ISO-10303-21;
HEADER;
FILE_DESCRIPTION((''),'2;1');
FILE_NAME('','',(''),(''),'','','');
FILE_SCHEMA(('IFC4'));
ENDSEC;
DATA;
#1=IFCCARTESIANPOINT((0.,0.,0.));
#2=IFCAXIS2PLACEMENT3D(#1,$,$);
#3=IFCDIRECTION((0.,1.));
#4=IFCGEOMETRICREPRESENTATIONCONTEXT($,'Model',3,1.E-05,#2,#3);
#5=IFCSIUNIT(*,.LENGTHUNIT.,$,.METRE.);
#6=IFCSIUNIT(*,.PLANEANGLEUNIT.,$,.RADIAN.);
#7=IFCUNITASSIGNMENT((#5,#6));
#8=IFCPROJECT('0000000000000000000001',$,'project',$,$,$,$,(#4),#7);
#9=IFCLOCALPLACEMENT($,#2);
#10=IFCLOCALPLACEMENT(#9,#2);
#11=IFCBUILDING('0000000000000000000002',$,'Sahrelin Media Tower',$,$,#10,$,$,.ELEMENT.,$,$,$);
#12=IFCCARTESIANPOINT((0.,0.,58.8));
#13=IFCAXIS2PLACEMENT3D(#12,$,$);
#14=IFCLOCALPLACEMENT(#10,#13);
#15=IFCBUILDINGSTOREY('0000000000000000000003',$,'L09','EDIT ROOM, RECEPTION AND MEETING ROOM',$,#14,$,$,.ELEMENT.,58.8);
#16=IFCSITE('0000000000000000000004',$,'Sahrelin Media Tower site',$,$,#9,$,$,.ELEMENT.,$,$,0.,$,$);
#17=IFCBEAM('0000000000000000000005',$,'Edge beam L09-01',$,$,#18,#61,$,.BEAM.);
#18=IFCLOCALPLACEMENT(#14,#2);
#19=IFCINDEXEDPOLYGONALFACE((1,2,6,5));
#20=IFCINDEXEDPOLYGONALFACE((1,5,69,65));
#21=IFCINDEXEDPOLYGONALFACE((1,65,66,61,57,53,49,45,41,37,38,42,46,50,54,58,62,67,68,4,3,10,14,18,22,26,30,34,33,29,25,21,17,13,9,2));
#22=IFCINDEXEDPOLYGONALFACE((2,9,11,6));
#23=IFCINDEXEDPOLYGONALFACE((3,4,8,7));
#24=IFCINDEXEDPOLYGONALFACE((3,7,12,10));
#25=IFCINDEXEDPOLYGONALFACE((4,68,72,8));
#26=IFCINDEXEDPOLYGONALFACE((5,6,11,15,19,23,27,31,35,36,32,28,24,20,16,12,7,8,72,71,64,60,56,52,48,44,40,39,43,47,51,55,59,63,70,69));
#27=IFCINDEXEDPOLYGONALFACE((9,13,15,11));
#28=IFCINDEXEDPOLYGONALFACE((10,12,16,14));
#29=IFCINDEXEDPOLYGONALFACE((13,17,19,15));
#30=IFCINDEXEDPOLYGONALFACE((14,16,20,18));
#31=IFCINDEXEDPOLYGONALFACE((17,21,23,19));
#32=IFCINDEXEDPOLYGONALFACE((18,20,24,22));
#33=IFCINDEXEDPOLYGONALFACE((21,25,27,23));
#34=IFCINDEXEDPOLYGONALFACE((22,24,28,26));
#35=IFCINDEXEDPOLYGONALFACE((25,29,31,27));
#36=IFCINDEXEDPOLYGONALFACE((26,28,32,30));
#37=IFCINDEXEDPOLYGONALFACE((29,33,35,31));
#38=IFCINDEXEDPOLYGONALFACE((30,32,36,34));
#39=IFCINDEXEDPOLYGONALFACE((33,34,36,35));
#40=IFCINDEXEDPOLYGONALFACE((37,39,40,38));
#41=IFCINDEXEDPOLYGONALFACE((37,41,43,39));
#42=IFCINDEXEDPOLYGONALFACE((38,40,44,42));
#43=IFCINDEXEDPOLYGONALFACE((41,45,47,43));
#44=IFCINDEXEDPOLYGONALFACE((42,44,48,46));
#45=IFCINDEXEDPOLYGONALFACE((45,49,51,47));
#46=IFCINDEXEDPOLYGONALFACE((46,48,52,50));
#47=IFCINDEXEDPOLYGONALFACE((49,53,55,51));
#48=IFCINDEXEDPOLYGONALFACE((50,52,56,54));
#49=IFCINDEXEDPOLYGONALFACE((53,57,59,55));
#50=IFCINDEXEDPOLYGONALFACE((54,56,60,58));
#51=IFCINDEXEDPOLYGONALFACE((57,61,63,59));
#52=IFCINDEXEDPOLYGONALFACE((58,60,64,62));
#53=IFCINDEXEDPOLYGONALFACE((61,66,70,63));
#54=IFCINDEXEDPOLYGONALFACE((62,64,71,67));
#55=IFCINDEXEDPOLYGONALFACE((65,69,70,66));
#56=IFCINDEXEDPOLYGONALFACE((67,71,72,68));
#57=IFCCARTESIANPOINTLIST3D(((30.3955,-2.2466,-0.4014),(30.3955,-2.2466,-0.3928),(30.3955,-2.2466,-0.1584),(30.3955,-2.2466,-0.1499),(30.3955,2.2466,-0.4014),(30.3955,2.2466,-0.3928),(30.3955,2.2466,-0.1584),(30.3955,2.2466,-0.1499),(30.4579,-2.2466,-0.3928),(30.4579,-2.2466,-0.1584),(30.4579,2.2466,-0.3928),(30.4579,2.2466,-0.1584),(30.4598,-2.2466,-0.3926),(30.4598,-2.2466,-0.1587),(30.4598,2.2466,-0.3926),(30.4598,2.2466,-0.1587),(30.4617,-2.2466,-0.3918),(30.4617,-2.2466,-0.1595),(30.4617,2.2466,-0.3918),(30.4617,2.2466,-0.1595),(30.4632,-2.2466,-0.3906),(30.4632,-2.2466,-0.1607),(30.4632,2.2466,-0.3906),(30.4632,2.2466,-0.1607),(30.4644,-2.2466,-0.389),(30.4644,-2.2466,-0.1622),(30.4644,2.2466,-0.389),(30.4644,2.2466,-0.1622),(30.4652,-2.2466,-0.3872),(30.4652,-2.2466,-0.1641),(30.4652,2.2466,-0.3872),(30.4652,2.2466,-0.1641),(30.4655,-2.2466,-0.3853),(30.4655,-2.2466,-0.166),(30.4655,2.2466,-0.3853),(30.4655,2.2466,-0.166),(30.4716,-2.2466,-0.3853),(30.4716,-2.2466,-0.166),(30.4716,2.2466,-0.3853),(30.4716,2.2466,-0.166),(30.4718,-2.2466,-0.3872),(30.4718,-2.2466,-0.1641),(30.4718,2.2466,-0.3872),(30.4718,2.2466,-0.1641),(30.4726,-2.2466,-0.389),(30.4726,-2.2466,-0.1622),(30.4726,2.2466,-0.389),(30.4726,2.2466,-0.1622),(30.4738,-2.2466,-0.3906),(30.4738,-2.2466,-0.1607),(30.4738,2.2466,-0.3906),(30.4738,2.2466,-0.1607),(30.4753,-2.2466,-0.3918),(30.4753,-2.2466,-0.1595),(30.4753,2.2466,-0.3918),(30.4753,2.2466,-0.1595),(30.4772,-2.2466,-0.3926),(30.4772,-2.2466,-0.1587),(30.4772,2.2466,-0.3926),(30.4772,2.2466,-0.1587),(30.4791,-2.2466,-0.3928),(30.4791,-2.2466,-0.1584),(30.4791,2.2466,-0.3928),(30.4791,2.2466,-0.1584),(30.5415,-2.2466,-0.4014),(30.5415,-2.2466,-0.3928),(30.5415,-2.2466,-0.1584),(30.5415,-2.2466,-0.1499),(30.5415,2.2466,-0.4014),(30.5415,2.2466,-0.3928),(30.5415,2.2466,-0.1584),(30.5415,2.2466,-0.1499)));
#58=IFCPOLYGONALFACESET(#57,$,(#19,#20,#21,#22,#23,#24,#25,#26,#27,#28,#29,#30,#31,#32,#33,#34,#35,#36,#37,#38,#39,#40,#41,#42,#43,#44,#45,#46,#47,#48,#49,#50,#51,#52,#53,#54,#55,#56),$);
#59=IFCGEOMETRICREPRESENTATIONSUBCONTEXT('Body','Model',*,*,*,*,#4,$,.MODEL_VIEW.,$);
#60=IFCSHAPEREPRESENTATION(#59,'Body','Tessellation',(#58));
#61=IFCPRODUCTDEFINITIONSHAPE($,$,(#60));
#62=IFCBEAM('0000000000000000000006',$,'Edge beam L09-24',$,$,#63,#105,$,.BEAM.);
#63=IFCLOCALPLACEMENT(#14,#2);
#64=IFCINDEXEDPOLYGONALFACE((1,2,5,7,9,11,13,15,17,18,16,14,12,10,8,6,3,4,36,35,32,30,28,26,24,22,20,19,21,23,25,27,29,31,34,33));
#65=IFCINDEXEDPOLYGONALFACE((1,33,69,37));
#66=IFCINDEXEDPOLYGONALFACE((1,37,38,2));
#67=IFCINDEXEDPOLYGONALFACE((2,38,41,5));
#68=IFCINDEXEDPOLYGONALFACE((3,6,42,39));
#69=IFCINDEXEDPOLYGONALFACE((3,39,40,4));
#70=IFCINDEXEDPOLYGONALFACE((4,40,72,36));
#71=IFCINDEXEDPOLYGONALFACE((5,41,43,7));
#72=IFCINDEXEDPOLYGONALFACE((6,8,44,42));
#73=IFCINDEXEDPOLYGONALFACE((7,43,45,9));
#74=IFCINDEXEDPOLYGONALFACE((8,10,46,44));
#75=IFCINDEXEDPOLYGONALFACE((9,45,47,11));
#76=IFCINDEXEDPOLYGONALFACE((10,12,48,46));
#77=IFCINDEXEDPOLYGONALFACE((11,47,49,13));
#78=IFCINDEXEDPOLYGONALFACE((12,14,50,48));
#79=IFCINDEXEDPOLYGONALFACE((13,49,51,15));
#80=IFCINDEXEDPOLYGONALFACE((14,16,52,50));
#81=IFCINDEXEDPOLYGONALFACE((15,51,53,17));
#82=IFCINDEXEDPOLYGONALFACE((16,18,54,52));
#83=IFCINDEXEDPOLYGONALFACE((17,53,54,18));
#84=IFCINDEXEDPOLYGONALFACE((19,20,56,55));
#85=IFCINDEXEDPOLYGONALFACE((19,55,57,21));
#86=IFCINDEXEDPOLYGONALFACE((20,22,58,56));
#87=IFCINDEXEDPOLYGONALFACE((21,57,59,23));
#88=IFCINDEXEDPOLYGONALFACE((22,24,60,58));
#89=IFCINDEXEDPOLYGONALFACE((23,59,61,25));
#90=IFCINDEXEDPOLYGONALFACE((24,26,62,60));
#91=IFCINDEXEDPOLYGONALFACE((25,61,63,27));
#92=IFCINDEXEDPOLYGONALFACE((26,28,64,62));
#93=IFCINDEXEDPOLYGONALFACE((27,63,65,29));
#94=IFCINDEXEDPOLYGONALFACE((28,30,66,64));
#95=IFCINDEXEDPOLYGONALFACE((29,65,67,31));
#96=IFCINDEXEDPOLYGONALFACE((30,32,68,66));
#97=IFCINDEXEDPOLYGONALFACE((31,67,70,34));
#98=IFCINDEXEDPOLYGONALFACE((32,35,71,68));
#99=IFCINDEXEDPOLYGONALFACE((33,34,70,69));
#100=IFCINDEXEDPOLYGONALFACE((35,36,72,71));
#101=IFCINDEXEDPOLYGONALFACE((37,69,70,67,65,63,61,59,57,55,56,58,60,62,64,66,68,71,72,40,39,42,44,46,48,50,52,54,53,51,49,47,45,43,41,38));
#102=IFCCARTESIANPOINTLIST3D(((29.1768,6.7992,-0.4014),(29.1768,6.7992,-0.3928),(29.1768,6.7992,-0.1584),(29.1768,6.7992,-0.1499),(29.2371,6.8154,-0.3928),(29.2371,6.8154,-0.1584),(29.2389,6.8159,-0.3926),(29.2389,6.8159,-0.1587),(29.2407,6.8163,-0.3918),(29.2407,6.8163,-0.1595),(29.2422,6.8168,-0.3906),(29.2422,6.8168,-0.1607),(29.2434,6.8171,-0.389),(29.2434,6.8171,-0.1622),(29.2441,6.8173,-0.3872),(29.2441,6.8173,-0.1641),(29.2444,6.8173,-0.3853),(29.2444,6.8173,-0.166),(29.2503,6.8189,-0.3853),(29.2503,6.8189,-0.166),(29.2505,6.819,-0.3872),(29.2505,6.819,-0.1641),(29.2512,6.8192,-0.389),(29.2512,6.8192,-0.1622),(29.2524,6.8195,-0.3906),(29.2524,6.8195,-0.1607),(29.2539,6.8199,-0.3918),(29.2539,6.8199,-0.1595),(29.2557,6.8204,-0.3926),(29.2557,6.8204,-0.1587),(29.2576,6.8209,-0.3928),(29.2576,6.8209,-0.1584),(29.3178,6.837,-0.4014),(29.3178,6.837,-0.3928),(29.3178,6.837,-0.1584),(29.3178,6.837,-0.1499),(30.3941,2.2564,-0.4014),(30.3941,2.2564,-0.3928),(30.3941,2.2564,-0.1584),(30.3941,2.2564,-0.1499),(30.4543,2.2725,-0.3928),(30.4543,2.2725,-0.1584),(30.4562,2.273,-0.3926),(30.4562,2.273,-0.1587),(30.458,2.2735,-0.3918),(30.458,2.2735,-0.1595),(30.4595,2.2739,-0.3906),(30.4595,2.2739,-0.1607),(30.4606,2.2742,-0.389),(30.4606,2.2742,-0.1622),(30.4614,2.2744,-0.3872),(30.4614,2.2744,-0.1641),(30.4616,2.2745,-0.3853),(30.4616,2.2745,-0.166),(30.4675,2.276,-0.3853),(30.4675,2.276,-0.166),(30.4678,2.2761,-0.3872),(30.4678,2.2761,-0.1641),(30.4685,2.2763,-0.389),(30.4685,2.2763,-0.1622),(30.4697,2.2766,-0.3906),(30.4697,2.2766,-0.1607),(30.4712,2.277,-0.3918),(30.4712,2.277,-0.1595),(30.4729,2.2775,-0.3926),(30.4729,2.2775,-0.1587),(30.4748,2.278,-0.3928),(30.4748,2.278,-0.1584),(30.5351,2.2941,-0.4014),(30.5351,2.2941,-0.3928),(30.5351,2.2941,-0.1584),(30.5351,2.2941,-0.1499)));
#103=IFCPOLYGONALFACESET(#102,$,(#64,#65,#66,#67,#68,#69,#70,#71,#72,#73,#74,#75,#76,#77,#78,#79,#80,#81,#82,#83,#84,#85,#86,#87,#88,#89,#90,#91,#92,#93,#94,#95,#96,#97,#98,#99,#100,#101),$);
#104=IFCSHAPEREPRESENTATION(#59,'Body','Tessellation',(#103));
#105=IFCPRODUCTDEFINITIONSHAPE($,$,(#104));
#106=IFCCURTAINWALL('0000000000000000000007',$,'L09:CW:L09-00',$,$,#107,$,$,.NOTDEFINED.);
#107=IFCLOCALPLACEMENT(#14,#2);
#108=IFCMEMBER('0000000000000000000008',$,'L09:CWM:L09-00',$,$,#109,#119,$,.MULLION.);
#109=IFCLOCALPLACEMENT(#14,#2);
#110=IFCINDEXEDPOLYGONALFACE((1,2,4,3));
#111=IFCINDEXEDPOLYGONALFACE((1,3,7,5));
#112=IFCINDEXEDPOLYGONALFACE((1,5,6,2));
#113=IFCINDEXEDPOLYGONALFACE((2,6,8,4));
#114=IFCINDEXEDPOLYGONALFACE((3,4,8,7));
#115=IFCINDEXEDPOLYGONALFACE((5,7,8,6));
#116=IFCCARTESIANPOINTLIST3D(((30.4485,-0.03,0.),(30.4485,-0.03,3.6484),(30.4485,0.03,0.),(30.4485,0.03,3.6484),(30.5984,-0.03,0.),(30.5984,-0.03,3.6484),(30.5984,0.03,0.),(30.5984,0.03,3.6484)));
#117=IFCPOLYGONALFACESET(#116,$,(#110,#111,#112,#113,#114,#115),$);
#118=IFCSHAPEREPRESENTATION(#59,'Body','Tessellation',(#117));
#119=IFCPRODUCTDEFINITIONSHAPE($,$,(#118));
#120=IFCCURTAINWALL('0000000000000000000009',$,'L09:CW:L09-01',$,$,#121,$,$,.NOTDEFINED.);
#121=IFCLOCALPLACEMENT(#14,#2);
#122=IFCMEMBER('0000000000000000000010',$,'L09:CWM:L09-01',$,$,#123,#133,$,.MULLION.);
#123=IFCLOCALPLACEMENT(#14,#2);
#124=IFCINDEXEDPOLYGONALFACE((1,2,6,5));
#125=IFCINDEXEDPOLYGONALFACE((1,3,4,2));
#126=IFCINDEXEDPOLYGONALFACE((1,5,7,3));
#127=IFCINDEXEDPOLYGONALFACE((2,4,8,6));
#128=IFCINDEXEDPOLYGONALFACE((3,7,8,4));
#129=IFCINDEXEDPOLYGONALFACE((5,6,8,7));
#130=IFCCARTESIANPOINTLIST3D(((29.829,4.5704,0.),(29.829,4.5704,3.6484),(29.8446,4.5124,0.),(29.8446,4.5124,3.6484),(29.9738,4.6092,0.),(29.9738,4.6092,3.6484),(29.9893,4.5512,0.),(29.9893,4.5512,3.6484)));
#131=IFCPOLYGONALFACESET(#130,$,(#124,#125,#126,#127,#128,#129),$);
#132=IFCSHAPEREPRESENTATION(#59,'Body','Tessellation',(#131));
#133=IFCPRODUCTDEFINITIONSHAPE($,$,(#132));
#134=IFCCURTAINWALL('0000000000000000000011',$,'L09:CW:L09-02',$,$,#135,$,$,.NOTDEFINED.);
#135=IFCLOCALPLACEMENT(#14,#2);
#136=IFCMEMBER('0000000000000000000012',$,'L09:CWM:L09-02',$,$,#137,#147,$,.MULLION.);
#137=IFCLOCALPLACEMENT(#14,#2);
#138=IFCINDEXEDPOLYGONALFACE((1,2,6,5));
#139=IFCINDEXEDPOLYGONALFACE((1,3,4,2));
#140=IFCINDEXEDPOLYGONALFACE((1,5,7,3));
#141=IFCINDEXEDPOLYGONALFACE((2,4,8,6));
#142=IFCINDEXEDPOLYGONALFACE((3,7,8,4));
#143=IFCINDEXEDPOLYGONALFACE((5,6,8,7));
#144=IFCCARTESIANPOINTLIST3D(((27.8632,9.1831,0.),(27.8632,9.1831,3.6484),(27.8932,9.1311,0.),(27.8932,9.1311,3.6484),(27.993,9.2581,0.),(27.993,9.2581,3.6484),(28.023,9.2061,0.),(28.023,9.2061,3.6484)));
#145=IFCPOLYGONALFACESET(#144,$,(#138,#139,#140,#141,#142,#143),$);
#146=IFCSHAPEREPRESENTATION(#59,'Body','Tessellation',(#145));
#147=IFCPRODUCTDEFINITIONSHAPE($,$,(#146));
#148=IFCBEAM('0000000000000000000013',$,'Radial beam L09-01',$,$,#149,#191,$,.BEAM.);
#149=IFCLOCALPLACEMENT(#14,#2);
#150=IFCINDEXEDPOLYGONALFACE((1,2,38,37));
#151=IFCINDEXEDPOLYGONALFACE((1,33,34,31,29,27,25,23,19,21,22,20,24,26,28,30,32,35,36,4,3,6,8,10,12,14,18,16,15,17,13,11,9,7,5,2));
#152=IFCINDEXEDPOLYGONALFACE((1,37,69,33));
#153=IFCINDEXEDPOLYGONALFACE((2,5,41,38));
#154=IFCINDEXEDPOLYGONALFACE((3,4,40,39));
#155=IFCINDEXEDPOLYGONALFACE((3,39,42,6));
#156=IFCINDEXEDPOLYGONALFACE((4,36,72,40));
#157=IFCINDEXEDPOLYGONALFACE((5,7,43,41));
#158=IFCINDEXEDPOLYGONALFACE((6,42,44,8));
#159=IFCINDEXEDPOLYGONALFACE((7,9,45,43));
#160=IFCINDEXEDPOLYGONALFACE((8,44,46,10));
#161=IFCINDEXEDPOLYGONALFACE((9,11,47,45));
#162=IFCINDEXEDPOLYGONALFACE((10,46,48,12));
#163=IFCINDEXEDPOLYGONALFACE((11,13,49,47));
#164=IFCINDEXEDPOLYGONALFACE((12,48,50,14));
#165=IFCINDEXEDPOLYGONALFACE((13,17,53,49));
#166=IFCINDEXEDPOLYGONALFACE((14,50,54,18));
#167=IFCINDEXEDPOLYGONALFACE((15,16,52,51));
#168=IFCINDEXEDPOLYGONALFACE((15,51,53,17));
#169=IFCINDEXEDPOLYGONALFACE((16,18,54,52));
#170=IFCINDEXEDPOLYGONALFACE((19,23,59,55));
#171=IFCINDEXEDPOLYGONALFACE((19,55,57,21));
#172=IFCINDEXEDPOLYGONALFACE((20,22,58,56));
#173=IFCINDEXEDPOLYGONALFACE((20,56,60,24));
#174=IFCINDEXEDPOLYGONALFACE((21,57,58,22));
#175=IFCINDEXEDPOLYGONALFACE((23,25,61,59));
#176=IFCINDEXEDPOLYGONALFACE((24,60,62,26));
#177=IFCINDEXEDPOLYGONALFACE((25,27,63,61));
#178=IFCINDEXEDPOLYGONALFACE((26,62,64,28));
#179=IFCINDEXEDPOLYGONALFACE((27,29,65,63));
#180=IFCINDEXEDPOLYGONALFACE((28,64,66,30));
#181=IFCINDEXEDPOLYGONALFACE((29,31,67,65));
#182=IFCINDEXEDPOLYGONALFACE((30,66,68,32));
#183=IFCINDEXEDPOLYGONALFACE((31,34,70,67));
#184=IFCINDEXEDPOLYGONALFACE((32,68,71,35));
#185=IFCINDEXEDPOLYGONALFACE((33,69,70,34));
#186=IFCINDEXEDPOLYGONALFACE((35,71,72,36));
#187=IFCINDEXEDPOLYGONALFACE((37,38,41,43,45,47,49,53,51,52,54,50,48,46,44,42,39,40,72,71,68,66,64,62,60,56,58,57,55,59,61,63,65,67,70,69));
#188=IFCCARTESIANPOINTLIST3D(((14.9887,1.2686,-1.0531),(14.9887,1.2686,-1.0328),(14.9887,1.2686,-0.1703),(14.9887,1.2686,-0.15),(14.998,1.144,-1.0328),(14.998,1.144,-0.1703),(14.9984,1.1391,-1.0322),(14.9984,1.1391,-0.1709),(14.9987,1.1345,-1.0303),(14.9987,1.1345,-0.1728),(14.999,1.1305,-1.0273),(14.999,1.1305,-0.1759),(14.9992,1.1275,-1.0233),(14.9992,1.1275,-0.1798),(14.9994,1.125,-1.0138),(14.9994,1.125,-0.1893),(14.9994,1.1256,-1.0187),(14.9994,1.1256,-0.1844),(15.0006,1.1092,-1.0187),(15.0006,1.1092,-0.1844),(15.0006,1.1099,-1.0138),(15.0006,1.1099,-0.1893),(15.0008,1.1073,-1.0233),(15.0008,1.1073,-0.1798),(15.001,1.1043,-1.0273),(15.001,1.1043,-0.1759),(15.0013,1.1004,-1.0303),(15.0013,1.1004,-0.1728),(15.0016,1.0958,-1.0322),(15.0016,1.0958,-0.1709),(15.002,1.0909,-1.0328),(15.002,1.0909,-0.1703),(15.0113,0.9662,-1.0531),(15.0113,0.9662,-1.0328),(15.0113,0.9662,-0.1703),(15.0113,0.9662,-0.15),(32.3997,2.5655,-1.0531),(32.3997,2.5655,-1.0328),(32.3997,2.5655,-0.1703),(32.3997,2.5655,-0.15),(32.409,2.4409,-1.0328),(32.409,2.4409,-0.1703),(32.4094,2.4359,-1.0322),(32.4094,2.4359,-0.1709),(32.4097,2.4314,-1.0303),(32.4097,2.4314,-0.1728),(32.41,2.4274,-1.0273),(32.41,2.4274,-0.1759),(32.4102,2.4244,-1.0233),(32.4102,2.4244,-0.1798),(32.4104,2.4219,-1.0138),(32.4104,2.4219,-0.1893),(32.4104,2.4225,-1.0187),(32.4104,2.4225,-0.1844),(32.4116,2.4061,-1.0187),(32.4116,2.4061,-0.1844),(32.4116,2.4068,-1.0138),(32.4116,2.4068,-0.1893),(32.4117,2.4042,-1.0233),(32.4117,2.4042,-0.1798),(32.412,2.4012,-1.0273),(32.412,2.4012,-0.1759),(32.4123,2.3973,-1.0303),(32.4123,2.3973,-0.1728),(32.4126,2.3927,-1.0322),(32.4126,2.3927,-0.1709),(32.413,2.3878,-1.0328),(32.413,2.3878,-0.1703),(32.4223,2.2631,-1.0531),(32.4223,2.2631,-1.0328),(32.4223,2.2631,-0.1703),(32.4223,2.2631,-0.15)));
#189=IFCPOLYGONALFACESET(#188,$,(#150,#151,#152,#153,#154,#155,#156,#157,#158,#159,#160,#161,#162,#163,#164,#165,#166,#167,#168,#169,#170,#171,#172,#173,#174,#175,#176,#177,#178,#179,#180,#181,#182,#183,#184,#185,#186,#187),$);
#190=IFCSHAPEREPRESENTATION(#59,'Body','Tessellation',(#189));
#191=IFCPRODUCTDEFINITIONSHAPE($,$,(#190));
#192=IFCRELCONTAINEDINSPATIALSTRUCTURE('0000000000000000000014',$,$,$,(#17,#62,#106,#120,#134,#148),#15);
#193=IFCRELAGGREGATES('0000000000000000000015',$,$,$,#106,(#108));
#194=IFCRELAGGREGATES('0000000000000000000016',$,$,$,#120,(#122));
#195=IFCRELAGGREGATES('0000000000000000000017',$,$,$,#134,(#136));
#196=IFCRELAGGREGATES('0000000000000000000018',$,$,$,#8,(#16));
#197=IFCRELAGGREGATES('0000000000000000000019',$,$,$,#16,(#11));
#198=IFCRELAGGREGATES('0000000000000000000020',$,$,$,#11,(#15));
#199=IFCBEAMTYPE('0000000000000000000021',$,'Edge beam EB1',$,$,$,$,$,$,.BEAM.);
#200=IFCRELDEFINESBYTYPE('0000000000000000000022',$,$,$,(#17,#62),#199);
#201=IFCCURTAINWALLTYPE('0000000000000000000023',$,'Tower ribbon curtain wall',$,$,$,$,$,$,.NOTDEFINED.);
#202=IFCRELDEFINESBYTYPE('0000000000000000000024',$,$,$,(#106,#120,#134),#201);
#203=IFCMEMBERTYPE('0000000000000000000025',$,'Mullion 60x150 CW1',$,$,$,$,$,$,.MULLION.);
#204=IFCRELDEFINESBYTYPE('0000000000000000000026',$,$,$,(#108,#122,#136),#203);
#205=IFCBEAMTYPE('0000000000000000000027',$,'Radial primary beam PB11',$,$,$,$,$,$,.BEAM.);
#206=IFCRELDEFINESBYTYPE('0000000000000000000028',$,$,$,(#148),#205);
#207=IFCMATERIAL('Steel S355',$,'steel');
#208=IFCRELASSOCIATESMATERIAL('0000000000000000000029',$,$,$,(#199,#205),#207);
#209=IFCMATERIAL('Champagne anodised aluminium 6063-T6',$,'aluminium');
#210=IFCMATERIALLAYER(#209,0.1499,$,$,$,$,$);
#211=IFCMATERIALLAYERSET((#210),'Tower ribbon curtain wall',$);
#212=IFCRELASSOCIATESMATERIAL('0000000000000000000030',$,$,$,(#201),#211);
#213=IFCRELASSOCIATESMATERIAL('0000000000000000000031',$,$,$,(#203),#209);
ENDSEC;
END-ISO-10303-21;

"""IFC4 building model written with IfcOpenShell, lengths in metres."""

from ifc_helpers import new_model, si_unit, direction, frame, origin, origin_2d, place, context, subcontext, project, spatial, rectangle, i_section, extrude, material, layer, layer_set, material_profile, profile_set, type_object, element, aggregate, save


model = new_model("IFC4")

# Units and contexts
model_context = context("Model", 3, precision=1e-05, world=origin(), true_north=direction((0.0, 1.0)))
body_context = subcontext(model_context, "Body", "Model", "MODEL_VIEW")
ifc_project = project(units=[si_unit("LENGTHUNIT", "METRE"), si_unit("PLANEANGLEUNIT", "RADIAN")], contexts=[model_context])

# Site, building, storey
site_placement = place(None, origin())
site = spatial("IfcSite", under=ifc_project, at=site_placement, Name="Sahrelin Media Tower site", CompositionType="ELEMENT", RefElevation=0.0)
building_placement = place(site_placement, origin())
building = spatial("IfcBuilding", under=site, at=building_placement, Name="Sahrelin Media Tower", CompositionType="ELEMENT")
storey_placement = place(building_placement, frame((0.0, 0.0, 58.8)))
storey = spatial("IfcBuildingStorey", under=building, at=storey_placement, Name="L09", Description="EDIT ROOM, RECEPTION AND MEETING ROOM", CompositionType="ELEMENT", Elevation=58.8)

# Beams
ifc_material_1 = material(Name="Steel S355", Category="steel")
ifc_material_profile_1 = material_profile(ifc_material_1, i_section(OverallWidth=0.146, OverallDepth=0.2515, WebThickness=0.0061, FlangeThickness=0.0085, FilletRadius=0.0076, at=origin_2d()), Name="UB 254x146x31")
ifc_profile_set_1 = profile_set([ifc_material_profile_1], Name="Steel S355")
beam_type_1 = type_object("IfcBeamType", Name="Edge beam EB1", PredefinedType="BEAM", material=ifc_profile_set_1)
beam_1_placement = place(storey_placement, frame((30.4685, 2.2466, -0.2756), z_axis=(0.0, -1.0, 0.0), x_axis=(1.0, 0.0, 0.0)))
element("IfcBeam", 1, at=beam_1_placement, inside=storey, type_object=beam_type_1, Name="Edge beam L09-01", PredefinedType="BEAM", context=body_context, shape_type="SweptSolid", body=[
    extrude(i_section(OverallWidth=0.146, OverallDepth=0.2515, WebThickness=0.0061, FlangeThickness=0.0085, FilletRadius=0.0076, at=origin_2d()), origin(), (0.0, 0.0, 1.0), 4.4932),
])
beam_2_placement = place(storey_placement, frame((29.2473, 6.8181, -0.2756), z_axis=(0.258819, -0.965926, 0.0), x_axis=(0.965926, 0.258819, 0.0)))
element("IfcBeam", 2, at=beam_2_placement, inside=storey, type_object=beam_type_1, Name="Edge beam L09-24", PredefinedType="BEAM", context=body_context, shape_type="SweptSolid", body=[
    extrude(i_section(OverallWidth=0.146, OverallDepth=0.2515, WebThickness=0.0061, FlangeThickness=0.0085, FilletRadius=0.0076, at=origin_2d()), origin(), (0.0, 0.0, 1.0), 4.7031),
])

# Curtain walls, members
ifc_material_2 = material(Name="Champagne anodised aluminium 6063-T6", Category="aluminium")
ifc_layer_1 = layer(ifc_material_2, 0.1499)
ifc_layer_set_1 = layer_set([ifc_layer_1], Name="Tower ribbon curtain wall")
curtain_wall_type = type_object("IfcCurtainWallType", Name="Tower ribbon curtain wall", PredefinedType="NOTDEFINED", material=ifc_layer_set_1)
curtain_wall_1_placement = place(storey_placement, frame((30.6184, 0.0, 0.0), z_axis=(0.0, 0.0, 1.0), x_axis=(1.0, 0.0, 0.0)))
curtain_wall_1 = element("IfcCurtainWall", 3, at=curtain_wall_1_placement, inside=storey, type_object=curtain_wall_type, Name="L09:CW:L09-00", PredefinedType="NOTDEFINED")
ifc_material_profile_2 = material_profile(ifc_material_2, rectangle(XDim=0.0601, YDim=0.1499, at=origin_2d()), Name="Mullion 60x150")
ifc_profile_set_2 = profile_set([ifc_material_profile_2], Name="Champagne anodised aluminium 6063-T6")
member_type_1 = type_object("IfcMemberType", Name="Mullion 60x150 CW1", PredefinedType="MULLION", material=ifc_profile_set_2)
member_1_placement = place(storey_placement, frame((30.5234, 0.0, 0.0), z_axis=(0.0, 0.0, 1.0), x_axis=(0.0, 1.0, 0.0)))
member_1 = element("IfcMember", 4, at=member_1_placement, type_object=member_type_1, Name="L09:CWM:L09-00", PredefinedType="MULLION", context=body_context, shape_type="SweptSolid", body=[
    extrude(rectangle(XDim=0.0601, YDim=0.1499, at=origin_2d()), origin(), (0.0, 0.0, 1.0), 3.6484),
])
aggregate(curtain_wall_1, [member_1])
curtain_wall_2_placement = place(storey_placement, frame((30.001, 4.5854, 0.0), z_axis=(0.0, 0.0, 1.0), x_axis=(1.0, 0.0, 0.0)))
curtain_wall_2 = element("IfcCurtainWall", 5, at=curtain_wall_2_placement, inside=storey, type_object=curtain_wall_type, Name="L09:CW:L09-01", PredefinedType="NOTDEFINED")
member_2_placement = place(storey_placement, frame((29.9092, 4.5608, 0.0), z_axis=(0.0, 0.0, 1.0), x_axis=(-0.258817, 0.965926, 0.0)))
member_2 = element("IfcMember", 6, at=member_2_placement, type_object=member_type_1, Name="L09:CWM:L09-01", PredefinedType="MULLION", context=body_context, shape_type="SweptSolid", body=[
    extrude(rectangle(XDim=0.0601, YDim=0.1499, at=origin_2d()), origin(), (0.0, 0.0, 1.0), 3.6484),
])
curtain_wall_3_placement = place(storey_placement, frame((28.0254, 9.2422, 0.0), z_axis=(0.0, 0.0, 1.0), x_axis=(1.0, 0.0, 0.0)))
curtain_wall_3 = element("IfcCurtainWall", 7, at=curtain_wall_3_placement, inside=storey, type_object=curtain_wall_type, Name="L09:CW:L09-02", PredefinedType="NOTDEFINED")
member_3_placement = place(storey_placement, frame((27.9431, 9.1946, 0.0), z_axis=(0.0, 0.0, 1.0), x_axis=(-0.500008, 0.866021, 0.0)))
member_3 = element("IfcMember", 8, at=member_3_placement, type_object=member_type_1, Name="L09:CWM:L09-02", PredefinedType="MULLION", context=body_context, shape_type="SweptSolid", body=[
    extrude(rectangle(XDim=0.0601, YDim=0.1499, at=origin_2d()), origin(), (0.0, 0.0, 1.0), 3.6484),
])

# Beam
ifc_material_profile_3 = material_profile(ifc_material_1, i_section(OverallWidth=0.3032, OverallDepth=0.9031, WebThickness=0.0151, FlangeThickness=0.0203, FilletRadius=0.019, at=origin_2d()), Name="UB 914x305x201")
ifc_profile_set_3 = profile_set([ifc_material_profile_3], Name="Steel S355")
beam_type_2 = type_object("IfcBeamType", Name="Radial primary beam PB11", PredefinedType="BEAM", material=ifc_profile_set_3)
beam_3_placement = place(storey_placement, frame((15.0, 1.1174, -0.6016), z_axis=(0.997237, 0.074281, 0.0), x_axis=(-0.074281, 0.997237, 0.0)))
element("IfcBeam", 9, at=beam_3_placement, inside=storey, type_object=beam_type_2, Name="Radial beam L09-01", PredefinedType="BEAM", context=body_context, shape_type="SweptSolid", body=[
    extrude(i_section(OverallWidth=0.3032, OverallDepth=0.9031, WebThickness=0.0151, FlangeThickness=0.0203, FilletRadius=0.019, at=origin_2d()), origin(), (0.0, 0.0, 1.0), 17.4592),
])

aggregate(curtain_wall_2, [member_2])
aggregate(curtain_wall_3, [member_3])

save(model, "model.ifc")
